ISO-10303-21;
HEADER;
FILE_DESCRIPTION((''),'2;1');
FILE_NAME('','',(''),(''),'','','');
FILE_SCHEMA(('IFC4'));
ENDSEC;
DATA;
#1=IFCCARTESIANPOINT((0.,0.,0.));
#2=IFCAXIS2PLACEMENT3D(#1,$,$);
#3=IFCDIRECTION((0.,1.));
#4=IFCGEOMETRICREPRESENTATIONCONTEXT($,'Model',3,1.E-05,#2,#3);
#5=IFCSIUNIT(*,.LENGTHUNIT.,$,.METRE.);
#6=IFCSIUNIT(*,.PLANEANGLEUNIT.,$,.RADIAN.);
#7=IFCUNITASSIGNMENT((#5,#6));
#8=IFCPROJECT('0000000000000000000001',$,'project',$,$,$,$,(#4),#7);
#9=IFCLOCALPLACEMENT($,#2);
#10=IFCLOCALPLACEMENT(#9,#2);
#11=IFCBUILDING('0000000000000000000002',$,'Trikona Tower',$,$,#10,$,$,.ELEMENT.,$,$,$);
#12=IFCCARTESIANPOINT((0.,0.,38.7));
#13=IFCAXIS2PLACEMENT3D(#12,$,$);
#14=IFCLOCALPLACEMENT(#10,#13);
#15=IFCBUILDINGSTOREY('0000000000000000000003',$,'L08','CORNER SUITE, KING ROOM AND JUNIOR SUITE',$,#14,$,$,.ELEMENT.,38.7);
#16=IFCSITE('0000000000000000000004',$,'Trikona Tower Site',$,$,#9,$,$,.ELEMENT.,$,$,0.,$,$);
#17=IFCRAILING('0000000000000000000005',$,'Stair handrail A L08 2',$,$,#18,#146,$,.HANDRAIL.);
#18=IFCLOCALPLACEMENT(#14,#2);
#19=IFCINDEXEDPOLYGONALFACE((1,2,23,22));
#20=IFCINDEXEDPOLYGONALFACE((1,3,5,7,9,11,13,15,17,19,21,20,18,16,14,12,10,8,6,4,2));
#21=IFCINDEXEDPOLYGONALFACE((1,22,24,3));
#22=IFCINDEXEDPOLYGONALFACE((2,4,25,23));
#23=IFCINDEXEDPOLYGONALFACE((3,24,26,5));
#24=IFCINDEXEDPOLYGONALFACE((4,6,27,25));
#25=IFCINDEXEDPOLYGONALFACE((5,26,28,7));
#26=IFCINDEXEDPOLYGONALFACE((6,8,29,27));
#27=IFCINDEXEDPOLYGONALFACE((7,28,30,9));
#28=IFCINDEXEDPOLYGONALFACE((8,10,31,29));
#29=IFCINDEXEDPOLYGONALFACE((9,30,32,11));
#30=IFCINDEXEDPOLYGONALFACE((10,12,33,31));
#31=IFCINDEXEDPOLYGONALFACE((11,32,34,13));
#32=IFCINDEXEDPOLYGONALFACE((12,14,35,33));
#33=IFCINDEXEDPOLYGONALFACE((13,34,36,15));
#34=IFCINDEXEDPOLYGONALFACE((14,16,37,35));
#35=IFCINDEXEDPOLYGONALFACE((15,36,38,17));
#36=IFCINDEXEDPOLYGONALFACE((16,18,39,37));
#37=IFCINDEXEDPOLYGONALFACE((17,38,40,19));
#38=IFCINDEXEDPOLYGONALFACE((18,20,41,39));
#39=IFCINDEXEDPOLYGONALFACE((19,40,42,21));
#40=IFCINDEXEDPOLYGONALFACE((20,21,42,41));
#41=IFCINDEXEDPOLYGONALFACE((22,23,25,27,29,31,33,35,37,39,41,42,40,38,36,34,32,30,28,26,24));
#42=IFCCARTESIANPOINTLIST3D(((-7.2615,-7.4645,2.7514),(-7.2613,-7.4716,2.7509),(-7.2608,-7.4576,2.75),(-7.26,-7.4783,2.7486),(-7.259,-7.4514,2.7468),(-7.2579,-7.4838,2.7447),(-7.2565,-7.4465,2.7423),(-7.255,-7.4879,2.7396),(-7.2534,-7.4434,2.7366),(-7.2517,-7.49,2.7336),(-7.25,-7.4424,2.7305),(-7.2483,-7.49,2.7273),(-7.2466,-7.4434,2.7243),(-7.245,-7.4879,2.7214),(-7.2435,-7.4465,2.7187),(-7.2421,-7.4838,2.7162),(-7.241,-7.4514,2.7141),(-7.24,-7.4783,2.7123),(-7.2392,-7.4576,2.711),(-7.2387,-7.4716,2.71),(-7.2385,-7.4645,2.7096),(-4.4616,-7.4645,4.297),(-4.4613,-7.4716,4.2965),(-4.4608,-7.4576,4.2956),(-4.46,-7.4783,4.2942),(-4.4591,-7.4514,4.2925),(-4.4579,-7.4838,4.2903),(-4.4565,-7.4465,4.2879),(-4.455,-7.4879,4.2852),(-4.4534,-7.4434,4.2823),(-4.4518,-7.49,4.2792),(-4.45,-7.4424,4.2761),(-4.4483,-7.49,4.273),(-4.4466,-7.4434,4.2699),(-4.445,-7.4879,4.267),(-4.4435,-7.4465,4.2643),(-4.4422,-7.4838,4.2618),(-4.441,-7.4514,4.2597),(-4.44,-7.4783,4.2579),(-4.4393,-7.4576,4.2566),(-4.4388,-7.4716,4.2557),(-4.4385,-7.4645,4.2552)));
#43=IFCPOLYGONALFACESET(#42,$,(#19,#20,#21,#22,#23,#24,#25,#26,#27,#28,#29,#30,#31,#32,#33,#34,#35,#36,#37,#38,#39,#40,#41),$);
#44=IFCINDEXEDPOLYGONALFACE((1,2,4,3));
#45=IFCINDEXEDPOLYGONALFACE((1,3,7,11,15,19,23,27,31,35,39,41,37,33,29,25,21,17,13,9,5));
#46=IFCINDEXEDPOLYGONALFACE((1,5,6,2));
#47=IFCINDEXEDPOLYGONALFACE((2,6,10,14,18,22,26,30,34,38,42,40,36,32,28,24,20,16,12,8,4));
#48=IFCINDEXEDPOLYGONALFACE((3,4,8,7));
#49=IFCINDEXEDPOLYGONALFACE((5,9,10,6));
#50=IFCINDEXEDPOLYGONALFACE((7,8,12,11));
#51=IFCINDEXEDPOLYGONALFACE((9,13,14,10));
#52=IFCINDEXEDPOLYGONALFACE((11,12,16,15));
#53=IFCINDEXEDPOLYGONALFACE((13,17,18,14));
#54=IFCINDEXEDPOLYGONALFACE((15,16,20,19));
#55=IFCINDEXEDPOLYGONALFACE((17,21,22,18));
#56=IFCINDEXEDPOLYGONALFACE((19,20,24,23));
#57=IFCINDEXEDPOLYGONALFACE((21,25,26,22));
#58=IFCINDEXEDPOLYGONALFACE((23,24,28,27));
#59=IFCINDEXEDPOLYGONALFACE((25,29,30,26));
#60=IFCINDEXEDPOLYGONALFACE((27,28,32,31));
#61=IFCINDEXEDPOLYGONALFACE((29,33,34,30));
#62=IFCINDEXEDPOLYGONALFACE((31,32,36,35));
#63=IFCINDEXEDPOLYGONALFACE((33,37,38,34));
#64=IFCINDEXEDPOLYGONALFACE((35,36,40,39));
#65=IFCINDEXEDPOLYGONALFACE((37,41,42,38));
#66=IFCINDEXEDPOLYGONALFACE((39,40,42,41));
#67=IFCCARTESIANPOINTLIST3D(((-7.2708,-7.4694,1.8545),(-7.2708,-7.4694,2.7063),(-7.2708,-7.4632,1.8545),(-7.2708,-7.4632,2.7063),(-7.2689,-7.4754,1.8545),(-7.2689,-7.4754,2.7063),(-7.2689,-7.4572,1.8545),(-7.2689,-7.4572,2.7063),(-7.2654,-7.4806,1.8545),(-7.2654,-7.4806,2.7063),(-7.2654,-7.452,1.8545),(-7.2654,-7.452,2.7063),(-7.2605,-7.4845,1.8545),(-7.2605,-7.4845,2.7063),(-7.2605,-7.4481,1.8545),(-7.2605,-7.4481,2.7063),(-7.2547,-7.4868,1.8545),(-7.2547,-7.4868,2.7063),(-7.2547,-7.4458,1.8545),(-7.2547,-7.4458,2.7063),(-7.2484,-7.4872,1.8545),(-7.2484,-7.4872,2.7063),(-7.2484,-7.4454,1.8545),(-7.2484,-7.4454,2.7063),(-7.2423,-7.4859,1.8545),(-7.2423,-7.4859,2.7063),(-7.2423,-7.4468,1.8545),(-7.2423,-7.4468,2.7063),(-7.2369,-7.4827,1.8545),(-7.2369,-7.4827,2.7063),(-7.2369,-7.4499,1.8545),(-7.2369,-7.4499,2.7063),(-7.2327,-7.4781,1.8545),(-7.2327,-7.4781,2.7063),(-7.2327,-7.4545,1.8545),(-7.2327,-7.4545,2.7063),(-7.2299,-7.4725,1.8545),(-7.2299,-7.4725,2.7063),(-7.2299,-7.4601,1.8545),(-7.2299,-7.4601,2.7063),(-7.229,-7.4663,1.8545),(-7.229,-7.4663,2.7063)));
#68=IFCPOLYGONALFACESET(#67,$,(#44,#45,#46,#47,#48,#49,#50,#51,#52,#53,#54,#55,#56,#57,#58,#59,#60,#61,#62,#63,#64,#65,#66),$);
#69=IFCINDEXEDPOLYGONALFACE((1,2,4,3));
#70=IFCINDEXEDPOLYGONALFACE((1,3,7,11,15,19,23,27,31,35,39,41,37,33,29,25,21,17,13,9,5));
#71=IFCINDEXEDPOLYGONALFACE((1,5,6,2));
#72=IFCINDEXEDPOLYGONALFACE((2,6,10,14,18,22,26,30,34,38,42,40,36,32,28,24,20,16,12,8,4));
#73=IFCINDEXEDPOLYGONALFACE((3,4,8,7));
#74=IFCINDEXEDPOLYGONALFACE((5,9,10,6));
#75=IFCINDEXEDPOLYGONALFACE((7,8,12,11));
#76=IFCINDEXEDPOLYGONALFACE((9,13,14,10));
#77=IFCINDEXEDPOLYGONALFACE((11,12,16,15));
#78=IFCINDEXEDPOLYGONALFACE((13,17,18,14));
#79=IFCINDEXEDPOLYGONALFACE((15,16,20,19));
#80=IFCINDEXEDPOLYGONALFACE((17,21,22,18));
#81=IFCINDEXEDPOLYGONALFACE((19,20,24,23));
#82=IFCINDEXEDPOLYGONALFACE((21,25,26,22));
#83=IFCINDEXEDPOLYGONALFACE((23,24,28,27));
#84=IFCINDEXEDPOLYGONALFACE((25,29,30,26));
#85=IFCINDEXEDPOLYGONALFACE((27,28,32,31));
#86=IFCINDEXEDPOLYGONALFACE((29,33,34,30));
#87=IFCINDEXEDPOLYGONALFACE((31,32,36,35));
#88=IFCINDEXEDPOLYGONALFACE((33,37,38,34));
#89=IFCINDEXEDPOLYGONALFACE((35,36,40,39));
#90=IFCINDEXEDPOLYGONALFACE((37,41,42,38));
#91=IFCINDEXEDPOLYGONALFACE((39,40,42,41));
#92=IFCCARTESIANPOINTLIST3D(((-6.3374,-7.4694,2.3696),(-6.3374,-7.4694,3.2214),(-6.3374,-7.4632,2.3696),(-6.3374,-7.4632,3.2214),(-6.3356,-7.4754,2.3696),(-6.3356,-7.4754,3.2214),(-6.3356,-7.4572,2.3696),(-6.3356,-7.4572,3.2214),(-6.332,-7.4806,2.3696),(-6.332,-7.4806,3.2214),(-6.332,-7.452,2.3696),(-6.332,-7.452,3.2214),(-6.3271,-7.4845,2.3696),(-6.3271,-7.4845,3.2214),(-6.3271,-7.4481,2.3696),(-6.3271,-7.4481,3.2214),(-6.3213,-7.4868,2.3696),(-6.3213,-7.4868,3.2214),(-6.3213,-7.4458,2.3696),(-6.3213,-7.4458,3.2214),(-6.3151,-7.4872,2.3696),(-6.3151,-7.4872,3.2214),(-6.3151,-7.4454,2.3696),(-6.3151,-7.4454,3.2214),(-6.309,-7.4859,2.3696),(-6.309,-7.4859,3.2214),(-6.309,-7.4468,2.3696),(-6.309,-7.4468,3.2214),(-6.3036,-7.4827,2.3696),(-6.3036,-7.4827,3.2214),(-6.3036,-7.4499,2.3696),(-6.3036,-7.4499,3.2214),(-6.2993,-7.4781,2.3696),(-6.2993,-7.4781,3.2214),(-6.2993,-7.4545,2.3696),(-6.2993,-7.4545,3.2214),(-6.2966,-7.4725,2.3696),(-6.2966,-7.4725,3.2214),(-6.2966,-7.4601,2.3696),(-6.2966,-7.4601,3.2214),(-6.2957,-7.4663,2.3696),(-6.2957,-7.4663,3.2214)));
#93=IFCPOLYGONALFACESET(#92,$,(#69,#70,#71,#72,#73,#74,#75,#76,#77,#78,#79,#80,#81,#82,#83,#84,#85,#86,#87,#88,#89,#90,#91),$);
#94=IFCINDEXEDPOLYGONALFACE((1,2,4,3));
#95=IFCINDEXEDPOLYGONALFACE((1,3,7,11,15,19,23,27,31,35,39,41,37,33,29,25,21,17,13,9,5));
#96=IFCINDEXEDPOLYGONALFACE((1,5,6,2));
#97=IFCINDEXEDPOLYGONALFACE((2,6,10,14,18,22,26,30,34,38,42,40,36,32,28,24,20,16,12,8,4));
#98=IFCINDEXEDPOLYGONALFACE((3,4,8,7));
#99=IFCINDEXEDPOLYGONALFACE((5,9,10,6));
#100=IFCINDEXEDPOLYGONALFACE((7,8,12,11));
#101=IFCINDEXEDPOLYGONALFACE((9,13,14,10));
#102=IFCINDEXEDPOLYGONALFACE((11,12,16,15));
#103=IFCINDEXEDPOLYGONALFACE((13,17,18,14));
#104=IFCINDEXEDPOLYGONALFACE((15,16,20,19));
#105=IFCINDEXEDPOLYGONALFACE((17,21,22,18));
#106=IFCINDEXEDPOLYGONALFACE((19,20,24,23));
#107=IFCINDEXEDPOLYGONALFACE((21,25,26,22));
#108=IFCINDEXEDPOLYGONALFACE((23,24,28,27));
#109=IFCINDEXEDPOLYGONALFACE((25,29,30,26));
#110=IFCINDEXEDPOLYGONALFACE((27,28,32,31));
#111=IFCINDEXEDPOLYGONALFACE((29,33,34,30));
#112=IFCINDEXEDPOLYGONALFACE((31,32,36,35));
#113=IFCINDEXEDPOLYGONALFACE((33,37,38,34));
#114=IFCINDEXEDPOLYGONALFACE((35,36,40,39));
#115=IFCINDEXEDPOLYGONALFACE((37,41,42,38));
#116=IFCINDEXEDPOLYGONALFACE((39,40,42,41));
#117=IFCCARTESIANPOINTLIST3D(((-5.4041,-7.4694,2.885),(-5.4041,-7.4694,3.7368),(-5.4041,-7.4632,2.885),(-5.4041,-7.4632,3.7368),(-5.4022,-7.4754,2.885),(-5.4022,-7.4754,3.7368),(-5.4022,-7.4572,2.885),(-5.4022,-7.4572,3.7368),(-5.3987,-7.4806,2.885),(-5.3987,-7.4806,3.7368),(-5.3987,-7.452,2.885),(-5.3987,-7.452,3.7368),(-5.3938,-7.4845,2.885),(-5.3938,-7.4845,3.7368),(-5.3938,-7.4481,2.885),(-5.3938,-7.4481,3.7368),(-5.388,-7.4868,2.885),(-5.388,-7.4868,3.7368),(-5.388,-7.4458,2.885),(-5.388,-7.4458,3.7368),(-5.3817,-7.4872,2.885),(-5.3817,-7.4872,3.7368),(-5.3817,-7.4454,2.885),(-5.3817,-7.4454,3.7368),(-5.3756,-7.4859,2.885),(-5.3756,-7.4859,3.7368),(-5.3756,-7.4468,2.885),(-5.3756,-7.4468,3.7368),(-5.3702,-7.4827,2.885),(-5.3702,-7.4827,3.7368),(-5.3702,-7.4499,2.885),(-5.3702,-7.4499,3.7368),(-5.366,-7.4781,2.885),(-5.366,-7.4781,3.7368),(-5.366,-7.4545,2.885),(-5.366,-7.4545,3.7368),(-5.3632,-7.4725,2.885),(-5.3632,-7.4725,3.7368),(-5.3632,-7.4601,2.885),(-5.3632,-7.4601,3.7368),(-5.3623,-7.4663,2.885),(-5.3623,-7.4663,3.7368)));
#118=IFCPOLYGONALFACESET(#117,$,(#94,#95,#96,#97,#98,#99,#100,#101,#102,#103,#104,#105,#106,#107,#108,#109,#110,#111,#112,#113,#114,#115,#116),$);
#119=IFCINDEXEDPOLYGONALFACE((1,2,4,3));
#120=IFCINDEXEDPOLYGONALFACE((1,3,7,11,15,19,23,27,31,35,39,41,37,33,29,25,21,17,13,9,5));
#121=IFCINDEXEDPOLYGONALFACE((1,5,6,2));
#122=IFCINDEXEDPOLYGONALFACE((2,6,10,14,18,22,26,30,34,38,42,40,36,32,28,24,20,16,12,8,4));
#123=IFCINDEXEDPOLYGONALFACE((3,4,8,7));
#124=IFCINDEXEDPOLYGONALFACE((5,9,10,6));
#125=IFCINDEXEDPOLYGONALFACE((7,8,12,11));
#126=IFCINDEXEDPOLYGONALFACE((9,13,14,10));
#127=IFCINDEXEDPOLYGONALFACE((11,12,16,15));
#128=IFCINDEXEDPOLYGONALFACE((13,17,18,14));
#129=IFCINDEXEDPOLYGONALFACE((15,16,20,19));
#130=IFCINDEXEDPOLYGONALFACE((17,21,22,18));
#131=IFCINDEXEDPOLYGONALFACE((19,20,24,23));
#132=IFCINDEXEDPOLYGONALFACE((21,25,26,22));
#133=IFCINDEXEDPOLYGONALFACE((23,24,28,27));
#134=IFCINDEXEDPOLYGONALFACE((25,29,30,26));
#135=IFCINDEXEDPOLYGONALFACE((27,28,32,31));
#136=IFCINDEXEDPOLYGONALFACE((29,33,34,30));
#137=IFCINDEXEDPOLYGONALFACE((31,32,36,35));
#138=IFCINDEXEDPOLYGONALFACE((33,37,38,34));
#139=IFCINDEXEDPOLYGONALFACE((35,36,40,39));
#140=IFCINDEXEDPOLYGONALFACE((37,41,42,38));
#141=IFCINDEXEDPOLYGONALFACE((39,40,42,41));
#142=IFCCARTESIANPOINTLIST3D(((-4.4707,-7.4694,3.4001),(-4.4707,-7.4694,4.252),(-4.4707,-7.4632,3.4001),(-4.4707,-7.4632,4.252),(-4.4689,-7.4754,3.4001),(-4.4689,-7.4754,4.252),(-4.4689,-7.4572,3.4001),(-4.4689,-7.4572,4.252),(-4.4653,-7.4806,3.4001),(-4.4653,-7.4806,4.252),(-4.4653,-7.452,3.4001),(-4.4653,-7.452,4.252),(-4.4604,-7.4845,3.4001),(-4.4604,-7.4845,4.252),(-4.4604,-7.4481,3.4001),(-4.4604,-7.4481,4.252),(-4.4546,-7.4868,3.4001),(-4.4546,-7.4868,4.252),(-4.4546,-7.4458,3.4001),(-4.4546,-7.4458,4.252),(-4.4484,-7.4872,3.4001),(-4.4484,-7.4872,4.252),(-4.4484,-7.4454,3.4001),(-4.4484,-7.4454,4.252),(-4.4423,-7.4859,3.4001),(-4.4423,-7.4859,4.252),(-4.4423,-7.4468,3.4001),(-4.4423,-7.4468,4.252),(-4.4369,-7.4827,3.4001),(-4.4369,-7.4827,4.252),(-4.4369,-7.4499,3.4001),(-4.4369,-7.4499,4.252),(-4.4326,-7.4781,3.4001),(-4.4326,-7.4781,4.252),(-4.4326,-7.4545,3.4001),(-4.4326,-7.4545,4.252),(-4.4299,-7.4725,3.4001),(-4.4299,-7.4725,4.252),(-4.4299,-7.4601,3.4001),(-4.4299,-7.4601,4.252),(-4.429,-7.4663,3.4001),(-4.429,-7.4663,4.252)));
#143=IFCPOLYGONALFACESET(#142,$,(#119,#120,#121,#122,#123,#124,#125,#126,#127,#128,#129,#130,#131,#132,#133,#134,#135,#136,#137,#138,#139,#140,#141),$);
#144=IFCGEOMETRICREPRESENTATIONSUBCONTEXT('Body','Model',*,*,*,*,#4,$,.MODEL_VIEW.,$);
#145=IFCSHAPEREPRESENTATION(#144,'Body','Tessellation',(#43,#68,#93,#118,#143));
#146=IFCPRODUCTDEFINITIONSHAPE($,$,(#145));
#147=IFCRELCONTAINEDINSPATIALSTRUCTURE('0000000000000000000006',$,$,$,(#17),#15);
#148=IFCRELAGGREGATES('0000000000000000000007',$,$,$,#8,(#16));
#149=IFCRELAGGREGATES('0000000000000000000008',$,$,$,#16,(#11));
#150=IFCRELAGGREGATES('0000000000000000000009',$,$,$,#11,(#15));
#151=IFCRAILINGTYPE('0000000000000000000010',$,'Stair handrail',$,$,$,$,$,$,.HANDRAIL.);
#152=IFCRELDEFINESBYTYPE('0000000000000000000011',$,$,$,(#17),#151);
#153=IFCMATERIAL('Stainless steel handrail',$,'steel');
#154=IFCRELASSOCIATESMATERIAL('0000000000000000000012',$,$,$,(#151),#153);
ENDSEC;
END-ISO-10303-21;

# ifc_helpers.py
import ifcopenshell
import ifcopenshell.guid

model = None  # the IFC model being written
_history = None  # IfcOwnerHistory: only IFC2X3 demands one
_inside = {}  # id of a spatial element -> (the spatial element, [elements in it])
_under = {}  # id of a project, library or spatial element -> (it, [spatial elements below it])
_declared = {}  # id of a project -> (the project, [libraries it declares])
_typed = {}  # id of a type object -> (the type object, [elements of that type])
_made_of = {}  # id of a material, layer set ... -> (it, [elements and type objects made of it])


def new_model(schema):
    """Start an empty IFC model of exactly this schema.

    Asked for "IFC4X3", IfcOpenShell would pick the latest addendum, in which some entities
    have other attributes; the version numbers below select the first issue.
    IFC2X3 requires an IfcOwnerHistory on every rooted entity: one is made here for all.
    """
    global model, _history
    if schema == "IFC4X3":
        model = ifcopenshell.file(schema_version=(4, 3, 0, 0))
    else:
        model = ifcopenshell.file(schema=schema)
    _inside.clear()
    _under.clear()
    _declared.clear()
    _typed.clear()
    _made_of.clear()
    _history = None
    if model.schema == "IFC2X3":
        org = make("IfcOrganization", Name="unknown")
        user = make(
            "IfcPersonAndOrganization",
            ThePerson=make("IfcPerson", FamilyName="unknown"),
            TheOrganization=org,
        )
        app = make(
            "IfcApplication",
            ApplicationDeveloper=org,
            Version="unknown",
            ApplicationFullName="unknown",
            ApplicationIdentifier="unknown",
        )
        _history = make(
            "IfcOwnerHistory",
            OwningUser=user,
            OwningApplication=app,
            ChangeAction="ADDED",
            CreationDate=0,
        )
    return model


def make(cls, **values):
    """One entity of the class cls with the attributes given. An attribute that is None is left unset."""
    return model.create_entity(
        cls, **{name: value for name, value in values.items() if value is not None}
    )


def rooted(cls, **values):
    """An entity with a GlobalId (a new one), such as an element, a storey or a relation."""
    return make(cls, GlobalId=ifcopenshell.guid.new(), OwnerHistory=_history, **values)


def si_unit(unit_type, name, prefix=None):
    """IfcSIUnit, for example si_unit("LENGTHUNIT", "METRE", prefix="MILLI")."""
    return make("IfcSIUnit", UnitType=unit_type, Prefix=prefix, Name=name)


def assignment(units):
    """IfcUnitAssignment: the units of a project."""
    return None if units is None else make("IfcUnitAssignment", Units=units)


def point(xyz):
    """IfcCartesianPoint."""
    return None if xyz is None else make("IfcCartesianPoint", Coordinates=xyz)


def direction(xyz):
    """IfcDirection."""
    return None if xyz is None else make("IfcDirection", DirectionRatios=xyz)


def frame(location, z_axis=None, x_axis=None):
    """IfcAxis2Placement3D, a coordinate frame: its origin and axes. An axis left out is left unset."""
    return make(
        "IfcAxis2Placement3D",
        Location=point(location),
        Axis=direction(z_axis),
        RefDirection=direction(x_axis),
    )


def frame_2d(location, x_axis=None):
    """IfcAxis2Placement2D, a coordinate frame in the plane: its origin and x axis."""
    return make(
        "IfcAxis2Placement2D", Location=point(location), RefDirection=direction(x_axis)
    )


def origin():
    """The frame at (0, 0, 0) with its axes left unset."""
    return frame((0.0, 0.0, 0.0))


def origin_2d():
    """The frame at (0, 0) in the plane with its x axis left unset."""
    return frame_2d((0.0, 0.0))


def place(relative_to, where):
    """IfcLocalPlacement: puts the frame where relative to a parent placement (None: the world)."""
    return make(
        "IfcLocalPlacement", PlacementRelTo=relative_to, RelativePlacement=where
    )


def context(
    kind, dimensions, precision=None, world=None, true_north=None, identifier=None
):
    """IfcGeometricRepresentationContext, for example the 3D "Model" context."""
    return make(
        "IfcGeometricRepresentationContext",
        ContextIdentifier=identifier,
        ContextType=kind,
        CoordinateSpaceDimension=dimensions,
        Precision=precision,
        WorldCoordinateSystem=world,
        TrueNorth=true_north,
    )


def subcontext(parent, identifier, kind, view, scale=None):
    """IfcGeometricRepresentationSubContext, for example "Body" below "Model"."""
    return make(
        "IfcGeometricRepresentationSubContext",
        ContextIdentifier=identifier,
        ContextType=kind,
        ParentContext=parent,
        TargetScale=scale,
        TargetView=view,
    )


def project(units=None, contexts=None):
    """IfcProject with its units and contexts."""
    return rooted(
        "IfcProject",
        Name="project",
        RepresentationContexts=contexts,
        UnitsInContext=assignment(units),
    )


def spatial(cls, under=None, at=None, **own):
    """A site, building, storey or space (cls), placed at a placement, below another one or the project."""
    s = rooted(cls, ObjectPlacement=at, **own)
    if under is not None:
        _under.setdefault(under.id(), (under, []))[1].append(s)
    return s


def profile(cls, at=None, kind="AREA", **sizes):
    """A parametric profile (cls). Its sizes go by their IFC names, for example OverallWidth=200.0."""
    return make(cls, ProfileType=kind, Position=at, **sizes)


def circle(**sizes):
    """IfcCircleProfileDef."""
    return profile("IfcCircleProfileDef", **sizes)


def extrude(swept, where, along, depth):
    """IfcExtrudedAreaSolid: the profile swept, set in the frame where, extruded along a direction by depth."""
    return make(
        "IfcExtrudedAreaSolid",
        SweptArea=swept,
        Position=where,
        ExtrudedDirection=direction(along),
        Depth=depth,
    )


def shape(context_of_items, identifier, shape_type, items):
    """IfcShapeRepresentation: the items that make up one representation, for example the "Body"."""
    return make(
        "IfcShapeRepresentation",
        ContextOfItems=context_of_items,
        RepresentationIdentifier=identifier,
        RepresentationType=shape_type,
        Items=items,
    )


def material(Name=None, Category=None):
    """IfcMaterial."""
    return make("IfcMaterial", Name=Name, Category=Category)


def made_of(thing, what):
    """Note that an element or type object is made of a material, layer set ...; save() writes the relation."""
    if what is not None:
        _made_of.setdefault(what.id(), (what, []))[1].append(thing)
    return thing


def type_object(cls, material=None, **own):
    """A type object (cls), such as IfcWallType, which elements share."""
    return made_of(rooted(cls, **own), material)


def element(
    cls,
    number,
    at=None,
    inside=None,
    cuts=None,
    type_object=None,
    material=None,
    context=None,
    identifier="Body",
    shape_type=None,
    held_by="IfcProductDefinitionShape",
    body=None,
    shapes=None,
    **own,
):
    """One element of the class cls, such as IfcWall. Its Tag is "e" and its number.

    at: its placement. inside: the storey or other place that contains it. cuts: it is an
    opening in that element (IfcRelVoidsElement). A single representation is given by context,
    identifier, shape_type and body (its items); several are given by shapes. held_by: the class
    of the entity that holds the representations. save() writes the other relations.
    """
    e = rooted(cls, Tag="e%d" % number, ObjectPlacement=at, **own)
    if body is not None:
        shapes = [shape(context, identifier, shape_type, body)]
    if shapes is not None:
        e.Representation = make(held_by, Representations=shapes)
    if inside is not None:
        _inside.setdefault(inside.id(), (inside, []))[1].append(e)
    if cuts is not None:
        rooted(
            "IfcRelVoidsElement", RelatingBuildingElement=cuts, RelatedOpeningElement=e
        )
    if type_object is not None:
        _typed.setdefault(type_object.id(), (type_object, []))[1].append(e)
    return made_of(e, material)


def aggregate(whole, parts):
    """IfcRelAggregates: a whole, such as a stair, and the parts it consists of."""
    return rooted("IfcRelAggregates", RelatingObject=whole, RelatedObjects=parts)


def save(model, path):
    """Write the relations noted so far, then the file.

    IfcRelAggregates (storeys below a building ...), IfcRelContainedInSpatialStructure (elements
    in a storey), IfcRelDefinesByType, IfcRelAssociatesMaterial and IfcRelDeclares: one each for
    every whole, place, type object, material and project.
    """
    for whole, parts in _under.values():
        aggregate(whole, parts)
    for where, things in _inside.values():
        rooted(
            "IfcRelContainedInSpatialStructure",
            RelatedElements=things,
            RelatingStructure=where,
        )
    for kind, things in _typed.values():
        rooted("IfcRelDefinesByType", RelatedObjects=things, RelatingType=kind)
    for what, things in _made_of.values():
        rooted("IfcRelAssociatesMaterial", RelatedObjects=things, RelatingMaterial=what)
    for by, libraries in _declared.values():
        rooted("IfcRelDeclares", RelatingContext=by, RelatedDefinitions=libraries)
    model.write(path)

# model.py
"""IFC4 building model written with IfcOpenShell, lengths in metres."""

from ifc_helpers import new_model, si_unit, direction, frame, origin, origin_2d, place, context, subcontext, project, spatial, circle, extrude, material, type_object, element, save


model = new_model("IFC4")

# Units and contexts
model_context = context("Model", 3, precision=1e-05, world=origin(), true_north=direction((0.0, 1.0)))
body_context = subcontext(model_context, "Body", "Model", "MODEL_VIEW")
ifc_project = project(units=[si_unit("LENGTHUNIT", "METRE"), si_unit("PLANEANGLEUNIT", "RADIAN")], contexts=[model_context])

# Site, building, storey
site_placement = place(None, origin())
site = spatial("IfcSite", under=ifc_project, at=site_placement, Name="Trikona Tower Site", CompositionType="ELEMENT", RefElevation=0.0)
building_placement = place(site_placement, origin())
building = spatial("IfcBuilding", under=site, at=building_placement, Name="Trikona Tower", CompositionType="ELEMENT")
storey_placement = place(building_placement, frame((0.0, 0.0, 38.7)))
storey = spatial("IfcBuildingStorey", under=building, at=storey_placement, Name="L08", Description="CORNER SUITE, KING ROOM AND JUNIOR SUITE", CompositionType="ELEMENT", Elevation=38.7)

# Railing
ifc_material_1 = material(Name="Stainless steel handrail", Category="steel")
railing_type = type_object("IfcRailingType", Name="Stair handrail", PredefinedType="HANDRAIL", material=ifc_material_1)
railing_placement = place(storey_placement, frame((-7.25, -7.4663, 1.8545)))
element("IfcRailing", 1, at=railing_placement, inside=storey, type_object=railing_type, Name="Stair handrail A L08 2", PredefinedType="HANDRAIL", context=body_context, shape_type="SweptSolid", body=[
    extrude(circle(Radius=0.0239, at=origin_2d()), frame((0.0, 0.0, 0.876), z_axis=(0.875472, 0.0, 0.483269), x_axis=(0.0, 1.0, 0.0)), (0.0, 0.0, 1.0), 3.1982),
    extrude(circle(Radius=0.021, at=origin_2d()), origin(), (0.0, 0.0, 1.0), 0.8518),
    extrude(circle(Radius=0.021, at=origin_2d()), frame((0.9333, 0.0, 0.5151)), (0.0, 0.0, 1.0), 0.8518),
    extrude(circle(Radius=0.021, at=origin_2d()), frame((1.8667, 0.0, 1.0305)), (0.0, 0.0, 1.0), 0.8518),
    extrude(circle(Radius=0.021, at=origin_2d()), frame((2.8, 0.0, 1.5457)), (0.0, 0.0, 1.0), 0.8518),
])

save(model, "model.ifc")
